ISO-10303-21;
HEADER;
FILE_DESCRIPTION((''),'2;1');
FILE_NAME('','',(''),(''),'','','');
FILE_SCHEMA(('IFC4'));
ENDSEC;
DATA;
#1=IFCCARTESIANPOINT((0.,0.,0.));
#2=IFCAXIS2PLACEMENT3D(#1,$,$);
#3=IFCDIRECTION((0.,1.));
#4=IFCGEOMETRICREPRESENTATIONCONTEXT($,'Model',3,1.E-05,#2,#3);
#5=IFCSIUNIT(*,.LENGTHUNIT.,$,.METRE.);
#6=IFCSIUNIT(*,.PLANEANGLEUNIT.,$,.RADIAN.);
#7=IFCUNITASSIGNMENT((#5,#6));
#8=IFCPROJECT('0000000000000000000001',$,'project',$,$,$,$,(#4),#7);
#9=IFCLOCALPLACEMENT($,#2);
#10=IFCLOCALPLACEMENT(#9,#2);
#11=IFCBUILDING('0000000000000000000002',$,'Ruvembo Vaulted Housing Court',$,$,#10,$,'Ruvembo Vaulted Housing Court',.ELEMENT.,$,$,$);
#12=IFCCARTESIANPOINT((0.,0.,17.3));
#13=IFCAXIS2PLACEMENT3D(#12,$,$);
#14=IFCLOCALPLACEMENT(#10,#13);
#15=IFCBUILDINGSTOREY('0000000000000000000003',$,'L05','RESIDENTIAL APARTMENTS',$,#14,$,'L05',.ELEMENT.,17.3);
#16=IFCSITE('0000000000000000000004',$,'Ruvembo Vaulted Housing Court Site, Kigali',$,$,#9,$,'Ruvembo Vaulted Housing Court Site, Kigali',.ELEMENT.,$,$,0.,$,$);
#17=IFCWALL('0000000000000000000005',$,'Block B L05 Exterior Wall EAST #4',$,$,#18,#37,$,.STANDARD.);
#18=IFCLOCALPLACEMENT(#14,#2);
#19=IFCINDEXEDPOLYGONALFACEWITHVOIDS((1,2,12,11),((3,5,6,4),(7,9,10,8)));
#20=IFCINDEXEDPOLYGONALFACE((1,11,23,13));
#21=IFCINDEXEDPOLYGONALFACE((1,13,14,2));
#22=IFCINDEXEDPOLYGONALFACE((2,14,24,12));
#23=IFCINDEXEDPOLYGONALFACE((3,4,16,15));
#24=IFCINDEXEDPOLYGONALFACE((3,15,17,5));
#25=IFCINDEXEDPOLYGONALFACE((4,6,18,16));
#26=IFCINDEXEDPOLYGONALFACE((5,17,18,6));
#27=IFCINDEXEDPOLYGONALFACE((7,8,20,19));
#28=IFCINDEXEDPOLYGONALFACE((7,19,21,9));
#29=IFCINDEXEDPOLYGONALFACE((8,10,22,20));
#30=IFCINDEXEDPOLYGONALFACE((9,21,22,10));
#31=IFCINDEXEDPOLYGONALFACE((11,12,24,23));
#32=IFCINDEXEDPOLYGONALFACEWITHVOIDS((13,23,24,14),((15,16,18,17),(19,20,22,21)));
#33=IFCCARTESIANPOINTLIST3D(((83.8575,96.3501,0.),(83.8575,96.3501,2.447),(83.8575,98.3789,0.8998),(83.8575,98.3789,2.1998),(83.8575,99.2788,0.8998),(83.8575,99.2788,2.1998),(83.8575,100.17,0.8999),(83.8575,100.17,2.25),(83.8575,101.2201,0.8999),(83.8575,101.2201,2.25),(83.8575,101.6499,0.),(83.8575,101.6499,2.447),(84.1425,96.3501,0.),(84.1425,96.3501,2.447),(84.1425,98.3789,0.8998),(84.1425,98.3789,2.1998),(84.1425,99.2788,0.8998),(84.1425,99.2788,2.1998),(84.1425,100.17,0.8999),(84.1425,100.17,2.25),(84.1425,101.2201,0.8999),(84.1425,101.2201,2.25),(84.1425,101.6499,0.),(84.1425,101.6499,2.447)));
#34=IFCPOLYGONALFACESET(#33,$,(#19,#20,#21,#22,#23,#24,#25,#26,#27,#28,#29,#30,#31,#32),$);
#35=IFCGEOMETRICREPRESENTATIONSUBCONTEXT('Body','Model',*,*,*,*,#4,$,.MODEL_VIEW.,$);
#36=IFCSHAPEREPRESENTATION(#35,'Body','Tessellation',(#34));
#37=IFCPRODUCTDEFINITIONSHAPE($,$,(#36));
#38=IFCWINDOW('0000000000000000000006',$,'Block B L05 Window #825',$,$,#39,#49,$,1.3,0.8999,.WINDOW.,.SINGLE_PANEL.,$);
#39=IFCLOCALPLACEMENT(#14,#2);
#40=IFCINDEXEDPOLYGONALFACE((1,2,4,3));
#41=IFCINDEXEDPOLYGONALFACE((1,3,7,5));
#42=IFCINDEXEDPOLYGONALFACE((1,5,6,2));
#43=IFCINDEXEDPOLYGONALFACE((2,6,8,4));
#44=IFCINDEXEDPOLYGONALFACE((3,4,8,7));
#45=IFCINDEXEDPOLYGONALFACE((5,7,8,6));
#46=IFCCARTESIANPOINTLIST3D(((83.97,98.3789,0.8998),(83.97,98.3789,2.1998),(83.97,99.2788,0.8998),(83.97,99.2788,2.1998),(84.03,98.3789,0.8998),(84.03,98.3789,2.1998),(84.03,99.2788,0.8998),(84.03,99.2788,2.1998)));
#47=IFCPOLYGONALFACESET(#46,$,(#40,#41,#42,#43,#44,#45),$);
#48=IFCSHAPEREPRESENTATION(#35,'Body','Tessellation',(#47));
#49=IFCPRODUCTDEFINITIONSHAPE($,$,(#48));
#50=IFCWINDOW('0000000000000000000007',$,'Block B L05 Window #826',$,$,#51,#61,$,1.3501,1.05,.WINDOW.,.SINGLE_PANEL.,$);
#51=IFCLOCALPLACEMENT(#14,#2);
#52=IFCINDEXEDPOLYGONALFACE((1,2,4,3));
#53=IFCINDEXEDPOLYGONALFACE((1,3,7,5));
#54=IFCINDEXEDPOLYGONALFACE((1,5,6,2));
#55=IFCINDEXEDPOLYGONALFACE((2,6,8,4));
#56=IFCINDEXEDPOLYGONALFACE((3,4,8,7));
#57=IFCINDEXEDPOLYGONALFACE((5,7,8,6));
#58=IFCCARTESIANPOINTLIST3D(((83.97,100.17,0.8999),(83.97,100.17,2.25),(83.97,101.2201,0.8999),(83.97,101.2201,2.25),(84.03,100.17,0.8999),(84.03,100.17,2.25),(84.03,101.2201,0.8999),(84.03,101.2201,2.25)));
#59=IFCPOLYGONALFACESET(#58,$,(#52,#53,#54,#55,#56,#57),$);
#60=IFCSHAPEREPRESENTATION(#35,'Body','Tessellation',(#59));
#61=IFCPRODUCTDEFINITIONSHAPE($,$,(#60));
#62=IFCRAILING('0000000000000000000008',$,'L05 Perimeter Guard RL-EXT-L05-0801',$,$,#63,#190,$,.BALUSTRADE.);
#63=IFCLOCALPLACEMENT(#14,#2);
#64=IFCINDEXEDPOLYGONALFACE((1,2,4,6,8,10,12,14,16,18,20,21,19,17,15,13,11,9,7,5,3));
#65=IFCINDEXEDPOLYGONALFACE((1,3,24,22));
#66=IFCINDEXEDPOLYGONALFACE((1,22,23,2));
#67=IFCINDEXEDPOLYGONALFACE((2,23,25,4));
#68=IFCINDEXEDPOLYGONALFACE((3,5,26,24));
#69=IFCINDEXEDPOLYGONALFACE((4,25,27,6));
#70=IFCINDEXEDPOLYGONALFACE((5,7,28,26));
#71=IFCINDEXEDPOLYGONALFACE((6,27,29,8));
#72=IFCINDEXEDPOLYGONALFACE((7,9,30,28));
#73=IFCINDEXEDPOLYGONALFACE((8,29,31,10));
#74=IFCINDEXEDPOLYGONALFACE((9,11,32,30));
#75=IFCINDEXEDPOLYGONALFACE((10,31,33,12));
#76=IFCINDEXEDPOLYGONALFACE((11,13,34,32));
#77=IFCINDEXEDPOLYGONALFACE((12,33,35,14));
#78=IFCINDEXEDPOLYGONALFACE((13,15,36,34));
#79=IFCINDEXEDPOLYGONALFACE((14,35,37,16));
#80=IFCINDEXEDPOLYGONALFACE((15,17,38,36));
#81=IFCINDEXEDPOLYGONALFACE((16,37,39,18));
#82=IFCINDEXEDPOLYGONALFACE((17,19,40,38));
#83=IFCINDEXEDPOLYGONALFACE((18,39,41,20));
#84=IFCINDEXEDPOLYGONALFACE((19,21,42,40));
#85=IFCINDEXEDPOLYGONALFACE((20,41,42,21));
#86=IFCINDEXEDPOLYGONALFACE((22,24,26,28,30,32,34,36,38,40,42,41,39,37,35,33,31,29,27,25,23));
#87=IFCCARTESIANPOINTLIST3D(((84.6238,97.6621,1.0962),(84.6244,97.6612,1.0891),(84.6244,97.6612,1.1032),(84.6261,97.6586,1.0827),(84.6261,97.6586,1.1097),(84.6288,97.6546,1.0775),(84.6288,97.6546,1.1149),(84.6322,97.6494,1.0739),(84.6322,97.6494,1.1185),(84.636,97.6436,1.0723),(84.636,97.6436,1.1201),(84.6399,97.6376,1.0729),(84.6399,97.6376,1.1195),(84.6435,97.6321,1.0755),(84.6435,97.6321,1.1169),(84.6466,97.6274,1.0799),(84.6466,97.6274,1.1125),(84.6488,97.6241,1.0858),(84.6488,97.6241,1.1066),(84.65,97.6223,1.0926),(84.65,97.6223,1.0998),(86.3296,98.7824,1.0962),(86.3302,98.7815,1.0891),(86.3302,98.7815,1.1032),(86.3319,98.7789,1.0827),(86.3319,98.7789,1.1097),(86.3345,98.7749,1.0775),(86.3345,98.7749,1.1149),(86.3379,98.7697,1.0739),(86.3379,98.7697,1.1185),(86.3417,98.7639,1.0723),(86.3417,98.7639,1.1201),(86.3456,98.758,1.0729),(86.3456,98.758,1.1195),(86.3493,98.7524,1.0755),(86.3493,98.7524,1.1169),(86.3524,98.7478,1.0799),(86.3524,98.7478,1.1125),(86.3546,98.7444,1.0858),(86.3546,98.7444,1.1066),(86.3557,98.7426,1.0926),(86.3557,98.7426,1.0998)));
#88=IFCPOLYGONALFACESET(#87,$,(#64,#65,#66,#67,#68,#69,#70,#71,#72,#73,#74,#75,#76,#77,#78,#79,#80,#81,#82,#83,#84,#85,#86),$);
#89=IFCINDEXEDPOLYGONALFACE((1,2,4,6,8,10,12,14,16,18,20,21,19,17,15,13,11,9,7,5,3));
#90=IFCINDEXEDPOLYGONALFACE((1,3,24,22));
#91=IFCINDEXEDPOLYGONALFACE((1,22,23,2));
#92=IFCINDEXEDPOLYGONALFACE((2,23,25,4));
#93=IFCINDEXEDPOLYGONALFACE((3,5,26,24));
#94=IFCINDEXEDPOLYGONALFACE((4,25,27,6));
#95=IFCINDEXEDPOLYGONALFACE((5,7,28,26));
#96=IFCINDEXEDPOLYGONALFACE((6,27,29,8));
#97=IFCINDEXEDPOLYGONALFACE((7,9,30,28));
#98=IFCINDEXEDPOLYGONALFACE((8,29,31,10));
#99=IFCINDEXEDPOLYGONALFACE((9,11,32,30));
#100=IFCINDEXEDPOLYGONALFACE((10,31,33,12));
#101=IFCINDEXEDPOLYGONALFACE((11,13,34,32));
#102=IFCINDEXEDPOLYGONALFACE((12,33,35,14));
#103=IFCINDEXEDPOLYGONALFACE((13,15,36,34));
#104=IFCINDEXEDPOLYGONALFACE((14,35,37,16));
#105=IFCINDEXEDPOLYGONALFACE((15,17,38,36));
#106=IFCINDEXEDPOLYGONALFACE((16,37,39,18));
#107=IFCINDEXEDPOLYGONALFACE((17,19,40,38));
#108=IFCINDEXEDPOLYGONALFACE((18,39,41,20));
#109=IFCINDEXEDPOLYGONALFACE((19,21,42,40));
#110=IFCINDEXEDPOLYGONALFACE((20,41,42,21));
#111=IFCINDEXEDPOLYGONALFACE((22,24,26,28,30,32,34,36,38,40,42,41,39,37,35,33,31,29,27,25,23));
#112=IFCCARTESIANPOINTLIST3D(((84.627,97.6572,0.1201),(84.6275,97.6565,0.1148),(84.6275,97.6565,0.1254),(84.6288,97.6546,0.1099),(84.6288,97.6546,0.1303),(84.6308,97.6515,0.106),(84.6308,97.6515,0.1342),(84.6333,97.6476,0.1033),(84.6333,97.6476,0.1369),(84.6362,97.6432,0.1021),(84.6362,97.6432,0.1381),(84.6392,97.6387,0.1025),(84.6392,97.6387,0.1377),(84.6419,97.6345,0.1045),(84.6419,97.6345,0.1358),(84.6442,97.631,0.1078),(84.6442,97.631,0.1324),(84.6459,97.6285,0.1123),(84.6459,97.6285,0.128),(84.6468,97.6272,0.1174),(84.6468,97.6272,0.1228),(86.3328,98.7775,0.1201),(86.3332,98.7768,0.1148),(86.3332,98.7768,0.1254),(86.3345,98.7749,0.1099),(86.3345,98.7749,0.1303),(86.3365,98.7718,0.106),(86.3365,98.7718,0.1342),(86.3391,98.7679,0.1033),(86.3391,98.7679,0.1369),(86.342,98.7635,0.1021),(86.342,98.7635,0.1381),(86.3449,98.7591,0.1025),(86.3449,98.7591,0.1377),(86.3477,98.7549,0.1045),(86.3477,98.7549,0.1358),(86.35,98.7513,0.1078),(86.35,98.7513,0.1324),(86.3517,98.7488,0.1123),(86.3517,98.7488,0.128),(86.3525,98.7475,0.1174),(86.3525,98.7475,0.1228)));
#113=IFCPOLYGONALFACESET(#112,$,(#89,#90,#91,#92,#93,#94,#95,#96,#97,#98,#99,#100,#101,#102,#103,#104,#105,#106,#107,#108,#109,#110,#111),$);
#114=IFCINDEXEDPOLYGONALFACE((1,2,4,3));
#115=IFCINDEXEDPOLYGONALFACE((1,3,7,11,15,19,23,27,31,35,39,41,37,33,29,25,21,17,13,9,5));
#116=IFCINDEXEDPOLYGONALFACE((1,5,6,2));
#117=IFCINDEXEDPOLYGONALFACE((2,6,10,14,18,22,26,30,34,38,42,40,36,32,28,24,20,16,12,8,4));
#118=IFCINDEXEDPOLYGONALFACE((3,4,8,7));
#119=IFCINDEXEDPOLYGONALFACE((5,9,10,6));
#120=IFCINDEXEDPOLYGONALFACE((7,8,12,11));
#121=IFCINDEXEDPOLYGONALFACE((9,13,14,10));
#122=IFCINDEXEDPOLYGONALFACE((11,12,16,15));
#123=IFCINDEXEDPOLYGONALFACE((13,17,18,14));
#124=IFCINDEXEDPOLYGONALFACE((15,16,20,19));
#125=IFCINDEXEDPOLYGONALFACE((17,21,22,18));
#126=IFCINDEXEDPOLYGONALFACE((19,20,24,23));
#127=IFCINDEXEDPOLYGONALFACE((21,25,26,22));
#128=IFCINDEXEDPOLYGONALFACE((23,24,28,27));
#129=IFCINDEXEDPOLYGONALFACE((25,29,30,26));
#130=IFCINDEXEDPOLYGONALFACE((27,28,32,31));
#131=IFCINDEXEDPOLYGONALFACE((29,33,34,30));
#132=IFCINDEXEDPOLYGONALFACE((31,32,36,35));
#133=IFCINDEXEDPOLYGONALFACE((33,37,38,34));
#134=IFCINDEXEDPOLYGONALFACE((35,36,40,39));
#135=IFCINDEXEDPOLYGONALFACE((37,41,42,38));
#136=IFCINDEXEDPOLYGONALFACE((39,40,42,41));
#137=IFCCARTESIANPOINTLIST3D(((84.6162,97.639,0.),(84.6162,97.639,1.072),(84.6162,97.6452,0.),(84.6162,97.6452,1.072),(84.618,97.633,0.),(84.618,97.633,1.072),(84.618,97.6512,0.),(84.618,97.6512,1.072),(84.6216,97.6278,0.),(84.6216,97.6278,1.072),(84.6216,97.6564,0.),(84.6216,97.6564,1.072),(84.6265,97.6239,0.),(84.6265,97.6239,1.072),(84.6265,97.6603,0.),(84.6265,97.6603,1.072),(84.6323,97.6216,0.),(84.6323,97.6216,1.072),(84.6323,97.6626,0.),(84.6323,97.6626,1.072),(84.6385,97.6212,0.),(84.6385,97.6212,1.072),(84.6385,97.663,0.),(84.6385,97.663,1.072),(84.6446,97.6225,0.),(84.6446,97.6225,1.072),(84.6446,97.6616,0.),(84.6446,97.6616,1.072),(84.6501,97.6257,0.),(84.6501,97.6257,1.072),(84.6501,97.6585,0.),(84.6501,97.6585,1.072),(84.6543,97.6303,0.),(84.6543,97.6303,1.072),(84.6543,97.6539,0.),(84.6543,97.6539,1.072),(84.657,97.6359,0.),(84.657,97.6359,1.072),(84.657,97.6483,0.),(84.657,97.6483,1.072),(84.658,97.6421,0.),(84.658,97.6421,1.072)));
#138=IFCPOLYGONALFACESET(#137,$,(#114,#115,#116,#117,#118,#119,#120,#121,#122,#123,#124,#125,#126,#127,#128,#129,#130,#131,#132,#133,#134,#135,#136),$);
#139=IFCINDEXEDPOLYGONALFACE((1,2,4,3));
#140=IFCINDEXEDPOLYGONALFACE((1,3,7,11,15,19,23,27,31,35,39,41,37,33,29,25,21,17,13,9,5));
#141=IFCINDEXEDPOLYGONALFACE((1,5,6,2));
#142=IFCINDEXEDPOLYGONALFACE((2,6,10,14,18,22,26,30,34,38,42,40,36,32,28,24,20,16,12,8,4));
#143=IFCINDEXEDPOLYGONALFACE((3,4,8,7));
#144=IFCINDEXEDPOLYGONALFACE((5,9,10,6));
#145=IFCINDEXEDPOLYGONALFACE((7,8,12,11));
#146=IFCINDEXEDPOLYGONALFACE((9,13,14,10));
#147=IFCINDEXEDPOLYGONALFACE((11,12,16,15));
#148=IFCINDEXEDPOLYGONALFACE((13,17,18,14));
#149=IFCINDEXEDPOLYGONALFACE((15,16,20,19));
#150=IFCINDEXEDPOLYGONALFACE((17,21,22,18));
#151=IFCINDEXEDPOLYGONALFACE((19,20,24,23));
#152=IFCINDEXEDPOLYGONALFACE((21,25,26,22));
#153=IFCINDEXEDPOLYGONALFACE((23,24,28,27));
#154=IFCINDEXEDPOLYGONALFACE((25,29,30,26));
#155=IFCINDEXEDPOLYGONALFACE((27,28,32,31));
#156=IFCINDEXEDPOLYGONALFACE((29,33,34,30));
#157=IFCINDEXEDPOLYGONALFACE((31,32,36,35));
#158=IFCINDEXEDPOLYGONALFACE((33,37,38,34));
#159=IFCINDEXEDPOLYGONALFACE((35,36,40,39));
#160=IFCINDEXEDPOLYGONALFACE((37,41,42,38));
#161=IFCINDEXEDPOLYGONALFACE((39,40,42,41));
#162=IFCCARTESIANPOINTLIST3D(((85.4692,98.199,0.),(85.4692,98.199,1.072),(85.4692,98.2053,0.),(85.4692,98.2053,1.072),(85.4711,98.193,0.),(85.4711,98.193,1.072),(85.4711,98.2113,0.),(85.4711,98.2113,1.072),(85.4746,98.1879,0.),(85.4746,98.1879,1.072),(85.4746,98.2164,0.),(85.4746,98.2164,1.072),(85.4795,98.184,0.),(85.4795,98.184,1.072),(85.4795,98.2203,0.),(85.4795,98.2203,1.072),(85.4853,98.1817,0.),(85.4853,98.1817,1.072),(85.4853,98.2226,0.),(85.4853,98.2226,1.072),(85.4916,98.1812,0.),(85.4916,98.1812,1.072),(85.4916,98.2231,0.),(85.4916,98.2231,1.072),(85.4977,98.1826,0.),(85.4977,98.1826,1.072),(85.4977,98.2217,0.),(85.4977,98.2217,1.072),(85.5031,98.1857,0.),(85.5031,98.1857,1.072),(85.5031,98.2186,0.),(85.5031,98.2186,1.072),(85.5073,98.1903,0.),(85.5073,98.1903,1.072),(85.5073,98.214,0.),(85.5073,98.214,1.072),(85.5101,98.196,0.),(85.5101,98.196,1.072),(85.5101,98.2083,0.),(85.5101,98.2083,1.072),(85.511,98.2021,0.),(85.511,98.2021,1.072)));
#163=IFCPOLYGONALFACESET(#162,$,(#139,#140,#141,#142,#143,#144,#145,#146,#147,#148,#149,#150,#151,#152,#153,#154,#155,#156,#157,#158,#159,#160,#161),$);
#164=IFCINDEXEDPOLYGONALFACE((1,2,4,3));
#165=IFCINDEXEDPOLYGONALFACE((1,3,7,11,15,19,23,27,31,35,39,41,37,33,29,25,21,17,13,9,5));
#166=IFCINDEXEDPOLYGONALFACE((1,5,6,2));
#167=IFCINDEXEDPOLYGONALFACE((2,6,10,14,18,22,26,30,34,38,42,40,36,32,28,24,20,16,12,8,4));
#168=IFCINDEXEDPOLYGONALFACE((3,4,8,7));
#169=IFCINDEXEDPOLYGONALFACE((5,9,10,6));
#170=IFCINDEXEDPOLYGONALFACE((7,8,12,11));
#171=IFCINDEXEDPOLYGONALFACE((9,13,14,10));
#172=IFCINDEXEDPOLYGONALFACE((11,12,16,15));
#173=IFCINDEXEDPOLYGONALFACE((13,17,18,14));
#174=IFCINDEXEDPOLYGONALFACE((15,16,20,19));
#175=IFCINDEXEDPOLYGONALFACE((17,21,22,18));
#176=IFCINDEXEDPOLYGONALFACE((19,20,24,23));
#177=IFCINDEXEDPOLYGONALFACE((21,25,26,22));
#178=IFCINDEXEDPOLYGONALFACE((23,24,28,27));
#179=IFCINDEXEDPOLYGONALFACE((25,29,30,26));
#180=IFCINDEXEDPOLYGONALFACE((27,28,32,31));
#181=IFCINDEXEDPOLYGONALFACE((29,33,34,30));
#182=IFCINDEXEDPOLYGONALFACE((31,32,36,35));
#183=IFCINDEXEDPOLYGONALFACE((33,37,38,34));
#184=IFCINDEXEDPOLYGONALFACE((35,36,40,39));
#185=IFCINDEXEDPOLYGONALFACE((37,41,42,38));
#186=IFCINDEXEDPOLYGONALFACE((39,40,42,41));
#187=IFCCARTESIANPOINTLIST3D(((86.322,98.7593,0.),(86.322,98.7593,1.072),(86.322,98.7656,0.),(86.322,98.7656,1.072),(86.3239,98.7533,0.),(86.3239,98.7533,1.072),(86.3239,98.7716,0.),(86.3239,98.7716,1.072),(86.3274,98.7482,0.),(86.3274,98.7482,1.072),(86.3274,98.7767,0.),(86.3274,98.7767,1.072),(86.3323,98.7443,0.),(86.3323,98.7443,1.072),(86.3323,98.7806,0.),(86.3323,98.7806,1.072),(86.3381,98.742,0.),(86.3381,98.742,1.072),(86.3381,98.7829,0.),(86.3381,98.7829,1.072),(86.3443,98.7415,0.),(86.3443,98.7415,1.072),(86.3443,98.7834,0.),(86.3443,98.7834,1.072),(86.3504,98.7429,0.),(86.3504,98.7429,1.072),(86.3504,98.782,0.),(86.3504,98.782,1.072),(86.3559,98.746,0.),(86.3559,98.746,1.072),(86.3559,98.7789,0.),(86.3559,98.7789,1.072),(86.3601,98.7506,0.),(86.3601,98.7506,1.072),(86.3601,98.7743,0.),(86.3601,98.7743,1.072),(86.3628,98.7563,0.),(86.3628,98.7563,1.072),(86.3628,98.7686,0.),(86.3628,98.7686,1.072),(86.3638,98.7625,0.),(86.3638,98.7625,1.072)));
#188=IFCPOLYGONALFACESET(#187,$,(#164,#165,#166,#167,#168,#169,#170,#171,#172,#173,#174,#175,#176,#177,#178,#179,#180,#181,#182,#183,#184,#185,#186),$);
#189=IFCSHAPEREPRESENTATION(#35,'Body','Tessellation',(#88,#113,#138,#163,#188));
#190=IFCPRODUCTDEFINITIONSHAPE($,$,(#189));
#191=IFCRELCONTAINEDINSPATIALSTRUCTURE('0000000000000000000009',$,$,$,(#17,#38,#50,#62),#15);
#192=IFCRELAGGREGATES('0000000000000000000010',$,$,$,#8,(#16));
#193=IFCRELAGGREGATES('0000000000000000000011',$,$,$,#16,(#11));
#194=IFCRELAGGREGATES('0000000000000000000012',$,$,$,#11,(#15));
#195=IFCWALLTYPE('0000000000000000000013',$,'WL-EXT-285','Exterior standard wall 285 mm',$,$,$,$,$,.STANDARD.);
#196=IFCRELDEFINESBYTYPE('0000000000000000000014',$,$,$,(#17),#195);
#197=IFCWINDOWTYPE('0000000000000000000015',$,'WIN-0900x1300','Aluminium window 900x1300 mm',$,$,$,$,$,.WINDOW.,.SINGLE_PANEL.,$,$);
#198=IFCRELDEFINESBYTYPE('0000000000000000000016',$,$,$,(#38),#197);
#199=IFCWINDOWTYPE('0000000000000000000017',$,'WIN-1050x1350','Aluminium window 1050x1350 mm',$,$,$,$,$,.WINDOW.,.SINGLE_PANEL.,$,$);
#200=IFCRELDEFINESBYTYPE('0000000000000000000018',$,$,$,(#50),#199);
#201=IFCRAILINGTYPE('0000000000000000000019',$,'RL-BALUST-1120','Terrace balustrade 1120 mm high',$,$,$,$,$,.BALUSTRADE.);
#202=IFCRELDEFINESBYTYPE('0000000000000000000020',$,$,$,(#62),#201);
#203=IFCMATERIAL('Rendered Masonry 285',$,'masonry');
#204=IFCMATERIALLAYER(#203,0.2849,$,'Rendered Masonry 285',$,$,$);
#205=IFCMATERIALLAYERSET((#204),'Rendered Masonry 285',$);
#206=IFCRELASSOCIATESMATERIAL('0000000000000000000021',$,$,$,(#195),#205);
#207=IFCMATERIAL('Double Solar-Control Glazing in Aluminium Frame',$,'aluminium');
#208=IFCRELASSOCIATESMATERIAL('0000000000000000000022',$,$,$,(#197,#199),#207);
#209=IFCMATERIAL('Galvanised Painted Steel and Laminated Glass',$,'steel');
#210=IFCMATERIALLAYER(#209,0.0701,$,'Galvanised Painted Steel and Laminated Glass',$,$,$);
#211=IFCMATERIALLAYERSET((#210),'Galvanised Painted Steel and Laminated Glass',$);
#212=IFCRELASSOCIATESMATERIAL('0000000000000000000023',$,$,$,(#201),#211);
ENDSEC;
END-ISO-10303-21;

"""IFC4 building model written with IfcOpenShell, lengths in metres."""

from ifc_helpers import new_model, si_unit, direction, frame, frame_2d, origin, origin_2d, place, context, subcontext, project, spatial, rectangle, circle, extrude, material, layer, layer_set, type_object, element, fill, save


model = new_model("IFC4")

# Units and contexts
model_context = context("Model", 3, precision=1e-05, world=origin(), true_north=direction((0.0, 1.0)))
body_context = subcontext(model_context, "Body", "Model", "MODEL_VIEW")
ifc_project = project(units=[si_unit("LENGTHUNIT", "METRE"), si_unit("PLANEANGLEUNIT", "RADIAN")], contexts=[model_context])

# Site, building, storey
site_placement = place(None, origin())
site = spatial("IfcSite", under=ifc_project, at=site_placement, Name="Ruvembo Vaulted Housing Court Site, Kigali", LongName="Ruvembo Vaulted Housing Court Site, Kigali", CompositionType="ELEMENT", RefElevation=0.0)
building_placement = place(site_placement, origin())
building = spatial("IfcBuilding", under=site, at=building_placement, Name="Ruvembo Vaulted Housing Court", LongName="Ruvembo Vaulted Housing Court", CompositionType="ELEMENT")
storey_placement = place(building_placement, frame((0.0, 0.0, 17.3)))
storey = spatial("IfcBuildingStorey", under=building, at=storey_placement, Name="L05", Description="RESIDENTIAL APARTMENTS", LongName="L05", CompositionType="ELEMENT", Elevation=17.3)

# Shared definitions
ifc_material_1 = material(Name="Rendered Masonry 285", Category="masonry")
ifc_layer_1 = layer(ifc_material_1, 0.2849, Name="Rendered Masonry 285")
ifc_layer_set_1 = layer_set([ifc_layer_1], Name="Rendered Masonry 285")
wall_type_1 = type_object("IfcWallType", Name="WL-EXT-285", Description="Exterior standard wall 285 mm", PredefinedType="STANDARD", material=ifc_layer_set_1)

# Wall, openings, windows
wall_1_placement = place(storey_placement, frame((84.0, 96.3501, 0.0), z_axis=(0.0, 0.0, 1.0), x_axis=(0.0, 1.0, 0.0)))
wall_1 = element("IfcWall", 1, at=wall_1_placement, inside=storey, type_object=wall_type_1, Name="Block B L05 Exterior Wall EAST #4", PredefinedType="STANDARD", context=body_context, shape_type="SweptSolid", body=[
    extrude(rectangle(XDim=5.2998, YDim=0.2849, at=frame_2d((2.6499, 0.0))), origin(), (0.0, 0.0, 1.0), 2.447),
])
opening_1_placement = place(wall_1_placement, frame((2.0288, 0.0, 0.8999)))
opening_1 = element("IfcOpeningElement", 2, at=opening_1_placement, cuts=wall_1, PredefinedType="OPENING", context=body_context, shape_type="SweptSolid", body=[
    extrude(rectangle(XDim=0.8999, YDim=1.3, at=frame_2d((0.45, 0.6499))), frame((0.0, 0.1523, 0.0), z_axis=(0.0, -1.0, 0.0), x_axis=(1.0, 0.0, 0.0)), (0.0, 0.0, 1.0), 0.3049),
])
opening_2_placement = place(wall_1_placement, frame((3.8201, 0.0, 0.8999)))
opening_2 = element("IfcOpeningElement", 3, at=opening_2_placement, cuts=wall_1, PredefinedType="OPENING", context=body_context, shape_type="SweptSolid", body=[
    extrude(rectangle(XDim=1.05, YDim=1.3501, at=frame_2d((0.5249, 0.675))), frame((0.0, 0.1523, 0.0), z_axis=(0.0, -1.0, 0.0), x_axis=(1.0, 0.0, 0.0)), (0.0, 0.0, 1.0), 0.3049),
])
ifc_material_2 = material(Name="Double Solar-Control Glazing in Aluminium Frame", Category="aluminium")
window_type_1 = type_object("IfcWindowType", Name="WIN-0900x1300", Description="Aluminium window 900x1300 mm", PartitioningType="SINGLE_PANEL", PredefinedType="WINDOW", material=ifc_material_2)
window_1_placement = place(opening_1_placement, origin())
window_1 = element("IfcWindow", 4, at=window_1_placement, inside=storey, type_object=window_type_1, Name="Block B L05 Window #825", OverallHeight=1.3, OverallWidth=0.8999, PartitioningType="SINGLE_PANEL", PredefinedType="WINDOW", context=body_context, shape_type="SweptSolid", body=[
    extrude(rectangle(XDim=0.8999, YDim=1.3, at=frame_2d((0.45, 0.6499))), frame((0.0, 0.03, 0.0), z_axis=(0.0, -1.0, 0.0), x_axis=(1.0, 0.0, 0.0)), (0.0, 0.0, 1.0), 0.0601),
])
fill(opening_1, window_1)
window_type_2 = type_object("IfcWindowType", Name="WIN-1050x1350", Description="Aluminium window 1050x1350 mm", PartitioningType="SINGLE_PANEL", PredefinedType="WINDOW", material=ifc_material_2)
window_2_placement = place(opening_2_placement, origin())
window_2 = element("IfcWindow", 5, at=window_2_placement, inside=storey, type_object=window_type_2, Name="Block B L05 Window #826", OverallHeight=1.3501, OverallWidth=1.05, PartitioningType="SINGLE_PANEL", PredefinedType="WINDOW", context=body_context, shape_type="SweptSolid", body=[
    extrude(rectangle(XDim=1.05, YDim=1.3501, at=frame_2d((0.5249, 0.675))), frame((0.0, 0.03, 0.0), z_axis=(0.0, -1.0, 0.0), x_axis=(1.0, 0.0, 0.0)), (0.0, 0.0, 1.0), 0.0601),
])
fill(opening_2, window_2)

# Railing
ifc_material_3 = material(Name="Galvanised Painted Steel and Laminated Glass", Category="steel")
ifc_layer_2 = layer(ifc_material_3, 0.0701, Name="Galvanised Painted Steel and Laminated Glass")
ifc_layer_set_2 = layer_set([ifc_layer_2], Name="Galvanised Painted Steel and Laminated Glass")
railing_type = type_object("IfcRailingType", Name="RL-BALUST-1120", Description="Terrace balustrade 1120 mm high", PredefinedType="BALUSTRADE", material=ifc_layer_set_2)
railing_placement = place(storey_placement, frame((84.637, 97.6421, 0.0)))
element("IfcRailing", 6, at=railing_placement, inside=storey, type_object=railing_type, Name="L05 Perimeter Guard RL-EXT-L05-0801", PredefinedType="BALUSTRADE", context=body_context, shape_type="SweptSolid", body=[
    extrude(circle(Radius=0.0239, at=origin_2d()), frame((0.0, 0.0, 1.0962), z_axis=(0.83584, 0.548973, 0.0), x_axis=(-0.548973, 0.83584, 0.0)), (0.0, 0.0, 1.0), 2.0408),
    extrude(circle(Radius=0.0181, at=origin_2d()), frame((0.0, 0.0, 0.1201), z_axis=(0.83584, 0.548973, 0.0), x_axis=(-0.548973, 0.83584, 0.0)), (0.0, 0.0, 1.0), 2.0408),
    extrude(circle(Radius=0.021, at=origin_2d()), origin(), (0.0, 0.0, 1.0), 1.072),
    extrude(circle(Radius=0.021, at=origin_2d()), frame((0.853, 0.5601, 0.0)), (0.0, 0.0, 1.0), 1.072),
    extrude(circle(Radius=0.021, at=origin_2d()), frame((1.7058, 1.1204, 0.0)), (0.0, 0.0, 1.0), 1.072),
])

save(model, "model.ifc")
